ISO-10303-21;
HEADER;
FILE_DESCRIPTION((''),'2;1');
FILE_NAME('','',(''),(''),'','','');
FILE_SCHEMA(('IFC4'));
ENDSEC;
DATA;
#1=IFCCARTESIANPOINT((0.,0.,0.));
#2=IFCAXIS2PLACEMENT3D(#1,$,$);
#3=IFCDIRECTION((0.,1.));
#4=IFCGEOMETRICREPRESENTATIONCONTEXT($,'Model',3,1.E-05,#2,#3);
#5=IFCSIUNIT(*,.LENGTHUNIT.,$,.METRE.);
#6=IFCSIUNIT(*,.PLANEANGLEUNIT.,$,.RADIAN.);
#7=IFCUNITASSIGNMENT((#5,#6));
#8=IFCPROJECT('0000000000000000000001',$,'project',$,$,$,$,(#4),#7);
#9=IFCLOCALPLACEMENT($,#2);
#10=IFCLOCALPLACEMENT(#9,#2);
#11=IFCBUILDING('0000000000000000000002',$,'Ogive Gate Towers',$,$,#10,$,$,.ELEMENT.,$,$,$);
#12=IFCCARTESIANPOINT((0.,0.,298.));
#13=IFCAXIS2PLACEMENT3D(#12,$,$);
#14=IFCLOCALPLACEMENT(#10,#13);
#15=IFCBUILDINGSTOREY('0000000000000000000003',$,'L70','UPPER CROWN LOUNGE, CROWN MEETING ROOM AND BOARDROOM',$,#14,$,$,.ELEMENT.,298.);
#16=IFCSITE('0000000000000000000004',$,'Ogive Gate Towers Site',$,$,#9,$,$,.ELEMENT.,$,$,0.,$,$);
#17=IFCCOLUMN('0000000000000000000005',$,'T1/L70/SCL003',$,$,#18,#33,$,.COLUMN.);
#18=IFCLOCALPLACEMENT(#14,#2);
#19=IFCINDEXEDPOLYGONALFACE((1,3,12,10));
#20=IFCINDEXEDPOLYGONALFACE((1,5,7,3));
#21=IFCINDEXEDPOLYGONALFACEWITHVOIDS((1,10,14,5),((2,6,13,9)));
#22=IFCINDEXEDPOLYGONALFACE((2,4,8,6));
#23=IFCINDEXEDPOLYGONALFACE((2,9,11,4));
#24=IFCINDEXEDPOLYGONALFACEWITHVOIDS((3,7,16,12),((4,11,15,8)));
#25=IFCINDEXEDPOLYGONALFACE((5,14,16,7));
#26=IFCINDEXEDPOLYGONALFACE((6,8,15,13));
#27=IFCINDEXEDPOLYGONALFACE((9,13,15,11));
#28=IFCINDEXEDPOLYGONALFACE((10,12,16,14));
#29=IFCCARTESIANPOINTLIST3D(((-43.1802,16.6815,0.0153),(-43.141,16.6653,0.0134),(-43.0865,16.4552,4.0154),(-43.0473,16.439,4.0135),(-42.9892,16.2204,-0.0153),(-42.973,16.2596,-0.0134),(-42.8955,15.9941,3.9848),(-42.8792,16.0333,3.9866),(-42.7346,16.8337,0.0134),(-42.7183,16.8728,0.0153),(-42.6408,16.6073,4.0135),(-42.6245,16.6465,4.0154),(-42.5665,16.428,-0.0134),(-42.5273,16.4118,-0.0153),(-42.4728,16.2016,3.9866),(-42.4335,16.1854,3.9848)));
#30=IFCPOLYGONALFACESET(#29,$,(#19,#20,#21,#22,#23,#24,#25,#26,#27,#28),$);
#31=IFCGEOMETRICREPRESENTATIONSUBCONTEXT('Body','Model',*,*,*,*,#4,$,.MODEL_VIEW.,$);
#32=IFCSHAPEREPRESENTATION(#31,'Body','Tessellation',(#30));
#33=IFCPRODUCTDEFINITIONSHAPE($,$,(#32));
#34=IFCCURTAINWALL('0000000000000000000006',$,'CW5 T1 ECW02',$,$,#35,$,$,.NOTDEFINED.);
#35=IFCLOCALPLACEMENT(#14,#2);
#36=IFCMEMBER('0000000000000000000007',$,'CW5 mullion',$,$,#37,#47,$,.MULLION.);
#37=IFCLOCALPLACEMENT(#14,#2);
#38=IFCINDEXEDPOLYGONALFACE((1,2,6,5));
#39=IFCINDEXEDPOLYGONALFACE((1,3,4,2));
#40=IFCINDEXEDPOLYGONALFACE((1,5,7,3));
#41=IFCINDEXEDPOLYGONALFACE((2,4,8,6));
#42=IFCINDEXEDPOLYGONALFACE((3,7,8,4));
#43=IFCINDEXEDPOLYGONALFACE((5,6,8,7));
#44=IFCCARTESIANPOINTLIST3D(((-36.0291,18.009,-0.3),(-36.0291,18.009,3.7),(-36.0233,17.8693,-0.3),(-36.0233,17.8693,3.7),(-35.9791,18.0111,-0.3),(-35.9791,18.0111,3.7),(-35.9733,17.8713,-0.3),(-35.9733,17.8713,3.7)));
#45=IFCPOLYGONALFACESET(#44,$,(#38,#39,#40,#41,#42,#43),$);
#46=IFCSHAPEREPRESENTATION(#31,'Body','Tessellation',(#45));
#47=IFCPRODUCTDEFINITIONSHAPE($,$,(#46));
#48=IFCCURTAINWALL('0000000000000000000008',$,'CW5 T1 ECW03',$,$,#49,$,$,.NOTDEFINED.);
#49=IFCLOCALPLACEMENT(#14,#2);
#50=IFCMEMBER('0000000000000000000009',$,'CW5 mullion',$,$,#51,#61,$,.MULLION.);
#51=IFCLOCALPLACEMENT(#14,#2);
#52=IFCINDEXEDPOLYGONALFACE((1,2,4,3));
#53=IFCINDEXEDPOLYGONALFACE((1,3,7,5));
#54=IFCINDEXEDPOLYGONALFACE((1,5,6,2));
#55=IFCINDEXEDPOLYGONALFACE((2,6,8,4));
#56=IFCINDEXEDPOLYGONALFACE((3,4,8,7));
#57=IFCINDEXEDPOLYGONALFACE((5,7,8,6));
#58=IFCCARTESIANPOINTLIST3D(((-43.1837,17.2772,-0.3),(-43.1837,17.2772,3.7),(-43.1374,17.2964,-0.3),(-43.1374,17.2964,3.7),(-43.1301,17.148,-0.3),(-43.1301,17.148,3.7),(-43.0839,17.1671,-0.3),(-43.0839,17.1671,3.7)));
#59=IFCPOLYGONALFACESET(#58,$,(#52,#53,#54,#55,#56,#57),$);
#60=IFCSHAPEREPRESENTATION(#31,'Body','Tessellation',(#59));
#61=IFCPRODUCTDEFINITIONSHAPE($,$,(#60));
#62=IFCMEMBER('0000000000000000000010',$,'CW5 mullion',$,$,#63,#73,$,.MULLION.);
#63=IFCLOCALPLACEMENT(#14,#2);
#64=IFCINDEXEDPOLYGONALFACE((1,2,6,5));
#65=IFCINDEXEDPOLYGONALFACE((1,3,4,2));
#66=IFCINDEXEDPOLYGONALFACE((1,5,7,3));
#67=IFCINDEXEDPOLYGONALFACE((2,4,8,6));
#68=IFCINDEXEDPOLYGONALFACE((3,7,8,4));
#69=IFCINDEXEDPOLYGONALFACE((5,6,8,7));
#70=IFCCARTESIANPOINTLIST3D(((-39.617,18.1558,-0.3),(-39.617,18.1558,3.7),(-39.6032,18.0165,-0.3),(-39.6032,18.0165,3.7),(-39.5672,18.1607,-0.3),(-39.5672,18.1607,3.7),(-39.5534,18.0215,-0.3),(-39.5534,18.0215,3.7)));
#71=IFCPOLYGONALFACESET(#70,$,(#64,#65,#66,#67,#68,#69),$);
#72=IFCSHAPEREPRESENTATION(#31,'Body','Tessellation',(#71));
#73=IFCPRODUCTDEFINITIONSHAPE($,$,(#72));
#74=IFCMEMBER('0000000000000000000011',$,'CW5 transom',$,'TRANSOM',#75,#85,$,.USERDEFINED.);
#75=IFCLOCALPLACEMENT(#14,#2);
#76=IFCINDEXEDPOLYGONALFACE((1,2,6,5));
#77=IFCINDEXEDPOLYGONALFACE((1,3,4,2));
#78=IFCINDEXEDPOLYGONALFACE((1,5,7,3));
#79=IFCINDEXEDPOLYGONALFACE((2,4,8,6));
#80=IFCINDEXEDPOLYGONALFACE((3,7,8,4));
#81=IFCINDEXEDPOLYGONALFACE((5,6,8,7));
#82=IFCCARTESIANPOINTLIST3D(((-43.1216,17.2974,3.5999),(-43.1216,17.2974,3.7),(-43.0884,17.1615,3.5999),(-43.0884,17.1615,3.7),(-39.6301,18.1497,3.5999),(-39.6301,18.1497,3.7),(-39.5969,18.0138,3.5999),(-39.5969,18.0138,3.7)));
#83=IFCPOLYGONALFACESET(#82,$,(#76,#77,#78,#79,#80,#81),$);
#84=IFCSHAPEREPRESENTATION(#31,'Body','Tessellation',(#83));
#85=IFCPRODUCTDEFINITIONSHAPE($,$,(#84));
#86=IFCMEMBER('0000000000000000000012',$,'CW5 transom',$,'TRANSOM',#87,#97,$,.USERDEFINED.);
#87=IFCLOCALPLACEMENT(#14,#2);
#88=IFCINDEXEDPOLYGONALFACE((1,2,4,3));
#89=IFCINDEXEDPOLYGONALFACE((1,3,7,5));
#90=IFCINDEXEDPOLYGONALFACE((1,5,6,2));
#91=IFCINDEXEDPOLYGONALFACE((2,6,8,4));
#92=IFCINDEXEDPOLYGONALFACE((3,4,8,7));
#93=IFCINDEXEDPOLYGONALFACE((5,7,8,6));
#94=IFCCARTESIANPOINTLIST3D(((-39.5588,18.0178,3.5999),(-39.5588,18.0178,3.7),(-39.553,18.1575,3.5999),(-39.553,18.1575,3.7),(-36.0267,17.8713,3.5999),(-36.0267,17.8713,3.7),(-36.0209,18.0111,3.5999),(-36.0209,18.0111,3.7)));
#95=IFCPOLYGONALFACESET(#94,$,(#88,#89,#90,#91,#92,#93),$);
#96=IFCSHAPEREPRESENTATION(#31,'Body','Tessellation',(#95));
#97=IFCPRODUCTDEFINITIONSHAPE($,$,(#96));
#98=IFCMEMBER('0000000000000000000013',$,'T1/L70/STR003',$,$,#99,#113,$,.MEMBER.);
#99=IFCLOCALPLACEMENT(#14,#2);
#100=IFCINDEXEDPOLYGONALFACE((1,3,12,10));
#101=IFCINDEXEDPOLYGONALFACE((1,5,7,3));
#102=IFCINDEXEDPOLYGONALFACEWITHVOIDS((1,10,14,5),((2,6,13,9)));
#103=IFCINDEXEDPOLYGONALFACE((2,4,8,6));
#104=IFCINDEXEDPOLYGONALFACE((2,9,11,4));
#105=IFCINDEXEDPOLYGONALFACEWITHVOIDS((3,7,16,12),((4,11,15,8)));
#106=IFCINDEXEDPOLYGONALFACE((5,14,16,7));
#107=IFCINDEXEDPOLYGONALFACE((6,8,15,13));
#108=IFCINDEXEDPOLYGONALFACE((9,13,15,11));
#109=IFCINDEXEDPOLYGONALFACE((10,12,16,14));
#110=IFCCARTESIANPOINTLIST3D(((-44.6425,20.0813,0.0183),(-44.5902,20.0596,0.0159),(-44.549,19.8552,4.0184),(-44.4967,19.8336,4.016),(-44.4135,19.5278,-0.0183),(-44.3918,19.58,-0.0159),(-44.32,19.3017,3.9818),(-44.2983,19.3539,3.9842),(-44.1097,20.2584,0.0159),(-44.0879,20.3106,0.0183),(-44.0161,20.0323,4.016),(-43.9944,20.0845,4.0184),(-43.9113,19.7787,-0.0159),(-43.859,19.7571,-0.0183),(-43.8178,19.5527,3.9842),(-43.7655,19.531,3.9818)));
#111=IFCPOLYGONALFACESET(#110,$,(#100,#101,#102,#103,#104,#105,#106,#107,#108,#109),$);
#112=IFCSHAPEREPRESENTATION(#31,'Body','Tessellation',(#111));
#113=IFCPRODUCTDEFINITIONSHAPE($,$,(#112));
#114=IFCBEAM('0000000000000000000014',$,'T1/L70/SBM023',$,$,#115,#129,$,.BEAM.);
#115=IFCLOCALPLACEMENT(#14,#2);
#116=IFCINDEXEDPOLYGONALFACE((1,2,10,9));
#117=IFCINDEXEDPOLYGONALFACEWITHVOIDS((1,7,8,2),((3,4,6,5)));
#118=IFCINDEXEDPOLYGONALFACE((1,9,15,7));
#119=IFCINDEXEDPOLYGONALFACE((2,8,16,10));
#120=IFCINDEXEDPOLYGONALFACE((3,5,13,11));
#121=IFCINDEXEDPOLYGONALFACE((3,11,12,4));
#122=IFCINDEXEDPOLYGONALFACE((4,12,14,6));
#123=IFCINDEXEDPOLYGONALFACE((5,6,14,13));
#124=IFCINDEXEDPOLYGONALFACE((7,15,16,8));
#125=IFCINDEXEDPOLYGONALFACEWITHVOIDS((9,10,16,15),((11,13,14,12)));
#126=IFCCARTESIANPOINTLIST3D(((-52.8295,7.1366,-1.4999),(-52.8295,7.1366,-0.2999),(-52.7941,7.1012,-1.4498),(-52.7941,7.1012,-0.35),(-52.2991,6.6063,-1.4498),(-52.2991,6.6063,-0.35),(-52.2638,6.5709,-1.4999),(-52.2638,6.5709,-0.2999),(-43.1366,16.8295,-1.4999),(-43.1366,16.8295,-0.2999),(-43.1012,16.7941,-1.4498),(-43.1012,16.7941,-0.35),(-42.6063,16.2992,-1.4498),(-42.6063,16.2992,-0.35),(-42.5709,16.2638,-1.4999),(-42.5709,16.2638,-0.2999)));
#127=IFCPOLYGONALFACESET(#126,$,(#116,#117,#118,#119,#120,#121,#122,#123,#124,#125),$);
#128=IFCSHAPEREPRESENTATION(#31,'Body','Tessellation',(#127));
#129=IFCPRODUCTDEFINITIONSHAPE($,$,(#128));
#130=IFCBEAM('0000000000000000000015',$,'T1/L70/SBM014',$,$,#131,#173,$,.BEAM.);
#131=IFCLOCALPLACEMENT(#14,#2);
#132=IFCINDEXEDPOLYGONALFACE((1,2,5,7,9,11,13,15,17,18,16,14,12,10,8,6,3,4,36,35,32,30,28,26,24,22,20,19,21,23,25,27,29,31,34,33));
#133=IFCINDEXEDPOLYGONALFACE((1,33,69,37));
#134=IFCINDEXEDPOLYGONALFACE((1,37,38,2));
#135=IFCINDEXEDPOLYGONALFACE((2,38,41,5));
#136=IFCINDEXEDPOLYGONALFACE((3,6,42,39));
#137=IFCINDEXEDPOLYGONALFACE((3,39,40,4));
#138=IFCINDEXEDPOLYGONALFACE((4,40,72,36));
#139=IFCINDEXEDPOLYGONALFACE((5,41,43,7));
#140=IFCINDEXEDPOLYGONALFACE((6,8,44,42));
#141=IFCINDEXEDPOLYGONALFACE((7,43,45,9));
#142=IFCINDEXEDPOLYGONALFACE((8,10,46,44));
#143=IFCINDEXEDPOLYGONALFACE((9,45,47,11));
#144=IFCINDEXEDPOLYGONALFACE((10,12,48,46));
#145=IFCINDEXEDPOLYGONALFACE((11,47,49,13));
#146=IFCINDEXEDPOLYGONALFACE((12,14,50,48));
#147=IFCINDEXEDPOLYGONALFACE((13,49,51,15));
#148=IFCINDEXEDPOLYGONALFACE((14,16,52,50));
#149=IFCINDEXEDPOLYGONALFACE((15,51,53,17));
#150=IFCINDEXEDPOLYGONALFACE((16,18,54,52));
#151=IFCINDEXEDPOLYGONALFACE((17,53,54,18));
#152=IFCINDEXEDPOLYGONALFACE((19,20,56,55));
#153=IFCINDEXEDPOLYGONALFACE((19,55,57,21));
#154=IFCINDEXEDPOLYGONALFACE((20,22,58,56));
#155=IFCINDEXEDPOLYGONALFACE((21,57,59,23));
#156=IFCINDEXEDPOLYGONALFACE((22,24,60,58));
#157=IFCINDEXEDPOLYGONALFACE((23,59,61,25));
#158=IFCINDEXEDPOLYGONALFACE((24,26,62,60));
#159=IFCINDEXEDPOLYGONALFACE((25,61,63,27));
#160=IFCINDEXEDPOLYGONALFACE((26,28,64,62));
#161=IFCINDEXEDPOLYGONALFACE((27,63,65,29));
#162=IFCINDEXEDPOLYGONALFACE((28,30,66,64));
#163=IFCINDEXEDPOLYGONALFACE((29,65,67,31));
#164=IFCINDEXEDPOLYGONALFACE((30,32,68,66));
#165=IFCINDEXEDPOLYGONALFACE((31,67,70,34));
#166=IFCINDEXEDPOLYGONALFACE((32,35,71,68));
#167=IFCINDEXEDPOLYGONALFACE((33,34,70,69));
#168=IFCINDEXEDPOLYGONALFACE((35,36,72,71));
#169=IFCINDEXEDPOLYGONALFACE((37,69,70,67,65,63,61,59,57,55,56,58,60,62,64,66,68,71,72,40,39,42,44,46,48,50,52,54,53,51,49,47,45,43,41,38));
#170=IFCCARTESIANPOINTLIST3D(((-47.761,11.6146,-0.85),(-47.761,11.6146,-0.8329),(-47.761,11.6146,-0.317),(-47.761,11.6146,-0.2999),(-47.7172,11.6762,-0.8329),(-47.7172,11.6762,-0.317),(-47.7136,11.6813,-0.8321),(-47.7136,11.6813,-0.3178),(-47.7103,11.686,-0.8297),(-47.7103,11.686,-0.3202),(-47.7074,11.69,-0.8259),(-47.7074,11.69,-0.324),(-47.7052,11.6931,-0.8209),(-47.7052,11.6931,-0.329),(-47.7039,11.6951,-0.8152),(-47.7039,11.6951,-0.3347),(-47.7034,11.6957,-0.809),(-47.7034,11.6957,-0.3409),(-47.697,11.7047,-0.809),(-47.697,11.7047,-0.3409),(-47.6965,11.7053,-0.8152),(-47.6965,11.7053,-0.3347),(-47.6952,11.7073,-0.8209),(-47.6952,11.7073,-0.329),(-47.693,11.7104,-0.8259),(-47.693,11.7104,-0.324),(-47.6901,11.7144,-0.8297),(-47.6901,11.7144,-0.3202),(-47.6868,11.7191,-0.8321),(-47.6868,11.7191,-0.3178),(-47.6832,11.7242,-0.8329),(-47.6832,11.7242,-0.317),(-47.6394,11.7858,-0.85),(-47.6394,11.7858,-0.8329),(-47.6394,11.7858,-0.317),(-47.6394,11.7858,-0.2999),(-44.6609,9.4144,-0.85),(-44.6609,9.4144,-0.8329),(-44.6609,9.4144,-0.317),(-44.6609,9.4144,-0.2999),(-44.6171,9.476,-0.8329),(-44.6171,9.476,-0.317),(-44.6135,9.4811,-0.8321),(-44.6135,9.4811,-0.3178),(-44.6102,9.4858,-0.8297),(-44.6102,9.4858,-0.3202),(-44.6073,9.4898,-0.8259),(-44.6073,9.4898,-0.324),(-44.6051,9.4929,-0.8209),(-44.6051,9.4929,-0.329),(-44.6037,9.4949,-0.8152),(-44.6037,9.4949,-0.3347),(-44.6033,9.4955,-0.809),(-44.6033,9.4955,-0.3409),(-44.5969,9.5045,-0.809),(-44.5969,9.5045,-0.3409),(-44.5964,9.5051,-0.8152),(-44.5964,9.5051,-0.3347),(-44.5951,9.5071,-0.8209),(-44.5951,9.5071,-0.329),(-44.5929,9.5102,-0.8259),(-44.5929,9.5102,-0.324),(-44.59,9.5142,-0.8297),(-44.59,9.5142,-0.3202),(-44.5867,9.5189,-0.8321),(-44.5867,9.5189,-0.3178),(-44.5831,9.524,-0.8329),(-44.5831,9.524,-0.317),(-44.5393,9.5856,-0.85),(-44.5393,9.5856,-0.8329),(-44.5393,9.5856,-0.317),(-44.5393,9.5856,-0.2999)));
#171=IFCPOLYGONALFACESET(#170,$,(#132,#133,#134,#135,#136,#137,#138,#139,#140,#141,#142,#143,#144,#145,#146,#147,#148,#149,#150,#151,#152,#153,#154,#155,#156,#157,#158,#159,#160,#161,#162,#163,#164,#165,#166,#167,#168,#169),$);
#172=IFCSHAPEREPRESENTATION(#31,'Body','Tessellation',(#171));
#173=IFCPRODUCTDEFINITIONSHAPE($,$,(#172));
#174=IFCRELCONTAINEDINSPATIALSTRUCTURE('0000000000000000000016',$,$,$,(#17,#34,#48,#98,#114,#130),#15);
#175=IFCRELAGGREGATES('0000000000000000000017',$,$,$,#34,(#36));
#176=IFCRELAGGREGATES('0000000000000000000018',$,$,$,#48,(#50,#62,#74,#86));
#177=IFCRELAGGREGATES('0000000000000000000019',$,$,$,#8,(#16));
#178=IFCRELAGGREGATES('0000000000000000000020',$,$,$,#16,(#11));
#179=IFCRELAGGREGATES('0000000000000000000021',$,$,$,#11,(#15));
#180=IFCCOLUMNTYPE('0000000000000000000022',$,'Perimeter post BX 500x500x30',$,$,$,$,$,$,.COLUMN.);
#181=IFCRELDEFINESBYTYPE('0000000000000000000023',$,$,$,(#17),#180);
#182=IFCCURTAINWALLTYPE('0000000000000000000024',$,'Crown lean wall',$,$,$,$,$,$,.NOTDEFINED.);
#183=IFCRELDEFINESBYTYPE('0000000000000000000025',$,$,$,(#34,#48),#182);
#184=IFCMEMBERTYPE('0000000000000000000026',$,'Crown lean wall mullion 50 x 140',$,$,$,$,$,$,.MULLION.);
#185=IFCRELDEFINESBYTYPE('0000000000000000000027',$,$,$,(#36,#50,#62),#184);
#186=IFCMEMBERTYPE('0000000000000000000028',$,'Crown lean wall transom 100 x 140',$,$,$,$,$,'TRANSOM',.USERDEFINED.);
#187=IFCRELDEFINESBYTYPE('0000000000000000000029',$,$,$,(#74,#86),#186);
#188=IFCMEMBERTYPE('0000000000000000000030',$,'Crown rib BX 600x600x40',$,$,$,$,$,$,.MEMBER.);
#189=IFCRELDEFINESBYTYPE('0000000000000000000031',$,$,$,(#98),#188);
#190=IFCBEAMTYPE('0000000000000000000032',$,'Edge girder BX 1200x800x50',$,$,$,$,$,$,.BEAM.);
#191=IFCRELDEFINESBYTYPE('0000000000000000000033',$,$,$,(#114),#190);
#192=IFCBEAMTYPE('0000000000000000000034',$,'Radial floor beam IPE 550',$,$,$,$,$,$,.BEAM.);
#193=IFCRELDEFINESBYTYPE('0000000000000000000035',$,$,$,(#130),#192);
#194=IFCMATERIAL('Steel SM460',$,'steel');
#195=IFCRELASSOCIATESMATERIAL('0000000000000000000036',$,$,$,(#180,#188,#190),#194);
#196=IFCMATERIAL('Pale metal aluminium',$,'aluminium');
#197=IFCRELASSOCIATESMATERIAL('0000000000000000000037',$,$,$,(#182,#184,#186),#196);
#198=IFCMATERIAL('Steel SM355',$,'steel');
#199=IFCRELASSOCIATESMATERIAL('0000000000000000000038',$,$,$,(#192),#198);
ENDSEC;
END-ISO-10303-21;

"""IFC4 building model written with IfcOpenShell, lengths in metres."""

from ifc_helpers import new_model, si_unit, direction, frame, origin, origin_2d, place, context, subcontext, project, spatial, rectangle, hollow_rectangle, i_section, extrude, material, material_profile, profile_set, type_object, element, aggregate, save


model = new_model("IFC4")

# Units and contexts
model_context = context("Model", 3, precision=1e-05, world=origin(), true_north=direction((0.0, 1.0)))
body_context = subcontext(model_context, "Body", "Model", "MODEL_VIEW")
ifc_project = project(units=[si_unit("LENGTHUNIT", "METRE"), si_unit("PLANEANGLEUNIT", "RADIAN")], contexts=[model_context])

# Site, building, storey
site_placement = place(None, origin())
site = spatial("IfcSite", under=ifc_project, at=site_placement, Name="Ogive Gate Towers Site", CompositionType="ELEMENT", RefElevation=0.0)
building_placement = place(site_placement, origin())
building = spatial("IfcBuilding", under=site, at=building_placement, Name="Ogive Gate Towers", CompositionType="ELEMENT")
storey_placement = place(building_placement, frame((0.0, 0.0, 298.0)))
storey = spatial("IfcBuildingStorey", under=building, at=storey_placement, Name="L70", Description="UPPER CROWN LOUNGE, CROWN MEETING ROOM AND BOARDROOM", CompositionType="ELEMENT", Elevation=298.0)

# Column
ifc_material_1 = material(Name="Steel SM460", Category="steel")
ifc_material_profile_1 = material_profile(ifc_material_1, hollow_rectangle(XDim=0.5, YDim=0.5, WallThickness=0.03, at=origin_2d()), Name="BX 500x500x30")
ifc_profile_set_1 = profile_set([ifc_material_profile_1], Name="Steel SM460")
column_type = type_object("IfcColumnType", Name="Perimeter post BX 500x500x30", PredefinedType="COLUMN", material=ifc_profile_set_1)
column_placement = place(storey_placement, frame((-42.8538, 16.5466, 0.0), z_axis=(0.023394, -0.056474, 0.99813), x_axis=(0.923871, 0.382704, 0.0)))
element("IfcColumn", 1, at=column_placement, inside=storey, type_object=column_type, Name="T1/L70/SCL003", PredefinedType="COLUMN", context=body_context, shape_type="SweptSolid", body=[
    extrude(hollow_rectangle(XDim=0.5, YDim=0.5, WallThickness=0.03, at=origin_2d()), origin(), (0.0, 0.0, 1.0), 4.0076),
])

# Curtain wall, member
ifc_material_2 = material(Name="Pale metal aluminium", Category="aluminium")
curtain_wall_type = type_object("IfcCurtainWallType", Name="Crown lean wall", PredefinedType="NOTDEFINED", material=ifc_material_2)
curtain_wall_1_placement = place(storey_placement, origin())
curtain_wall_1 = element("IfcCurtainWall", 2, at=curtain_wall_1_placement, inside=storey, type_object=curtain_wall_type, Name="CW5 T1 ECW02", PredefinedType="NOTDEFINED")
ifc_material_profile_2 = material_profile(ifc_material_2, rectangle(XDim=0.1399, YDim=0.05, at=origin_2d()), Name="50 x 140 aluminium box")
ifc_profile_set_2 = profile_set([ifc_material_profile_2], Name="Pale metal aluminium")
member_type_1 = type_object("IfcMemberType", Name="Crown lean wall mullion 50 x 140", PredefinedType="MULLION", material=ifc_profile_set_2)
member_1_placement = place(storey_placement, frame((-36.0012, 17.9402, -0.3), z_axis=(0.0, 0.0, 1.0), x_axis=(0.04144, -0.999141, 0.0)))
member_1 = element("IfcMember", 3, at=member_1_placement, type_object=member_type_1, Name="CW5 mullion", PredefinedType="MULLION", context=body_context, shape_type="SweptSolid", body=[
    extrude(rectangle(XDim=0.1399, YDim=0.05, at=origin_2d()), origin(), (0.0, 0.0, 1.0), 4.0),
])
aggregate(curtain_wall_1, [member_1])

# Curtain wall, members
curtain_wall_2_placement = place(storey_placement, origin())
curtain_wall_2 = element("IfcCurtainWall", 4, at=curtain_wall_2_placement, inside=storey, type_object=curtain_wall_type, Name="CW5 T1 ECW03", PredefinedType="NOTDEFINED")
member_2_placement = place(storey_placement, frame((-43.1338, 17.2222, -0.3), z_axis=(0.0, 0.0, 1.0), x_axis=(0.382683, -0.92388, 0.0)))
member_2 = element("IfcMember", 5, at=member_2_placement, type_object=member_type_1, Name="CW5 mullion", PredefinedType="MULLION", context=body_context, shape_type="SweptSolid", body=[
    extrude(rectangle(XDim=0.1399, YDim=0.05, at=origin_2d()), origin(), (0.0, 0.0, 1.0), 4.0),
])
member_3_placement = place(storey_placement, frame((-39.5852, 18.0886, -0.3), z_axis=(0.0, 0.0, 1.0), x_axis=(0.098833, -0.995104, 0.0)))
member_3 = element("IfcMember", 6, at=member_3_placement, type_object=member_type_1, Name="CW5 mullion", PredefinedType="MULLION", context=body_context, shape_type="SweptSolid", body=[
    extrude(rectangle(XDim=0.1399, YDim=0.05, at=origin_2d()), origin(), (0.0, 0.0, 1.0), 4.0),
])
ifc_material_profile_3 = material_profile(ifc_material_2, rectangle(XDim=0.1399, YDim=0.1001, at=origin_2d()), Name="100 x 140 aluminium box")
ifc_profile_set_3 = profile_set([ifc_material_profile_3], Name="Pale metal aluminium")
member_type_2 = type_object("IfcMemberType", Name="Crown lean wall transom 100 x 140", ElementType="TRANSOM", PredefinedType="USERDEFINED", material=ifc_profile_set_3)
member_4_placement = place(storey_placement, frame((-43.105, 17.2295, 3.6499), z_axis=(0.971474, 0.237145, 0.0), x_axis=(-0.237145, 0.971474, 0.0)))
member_4 = element("IfcMember", 7, at=member_4_placement, type_object=member_type_2, Name="CW5 transom", ObjectType="TRANSOM", PredefinedType="USERDEFINED", context=body_context, shape_type="SweptSolid", body=[
    extrude(rectangle(XDim=0.1399, YDim=0.1001, at=origin_2d()), origin(), (0.0, 0.0, 1.0), 3.594),
])
member_5_placement = place(storey_placement, frame((-39.5559, 18.0876, 3.6499), z_axis=(0.999141, -0.041435, 0.0), x_axis=(0.041435, 0.999141, 0.0)))
member_5 = element("IfcMember", 8, at=member_5_placement, type_object=member_type_2, Name="CW5 transom", ObjectType="TRANSOM", PredefinedType="USERDEFINED", context=body_context, shape_type="SweptSolid", body=[
    extrude(rectangle(XDim=0.1399, YDim=0.1001, at=origin_2d()), origin(), (0.0, 0.0, 1.0), 3.5352),
])

# Member
ifc_material_profile_4 = material_profile(ifc_material_1, hollow_rectangle(XDim=0.6001, YDim=0.6001, WallThickness=0.04, at=origin_2d()), Name="BX 600x600x40")
ifc_profile_set_4 = profile_set([ifc_material_profile_4], Name="Steel SM460")
member_type_3 = type_object("IfcMemberType", Name="Crown rib BX 600x600x40", PredefinedType="MEMBER", material=ifc_profile_set_4)
member_6_placement = place(storey_placement, frame((-44.2507, 19.9192, 0.0), z_axis=(0.023333, -0.056413, 0.998135), x_axis=(0.924078, 0.382205, 0.0)))
element("IfcMember", 9, at=member_6_placement, inside=storey, type_object=member_type_3, Name="T1/L70/STR003", PredefinedType="MEMBER", context=body_context, shape_type="SweptSolid", body=[
    extrude(hollow_rectangle(XDim=0.6001, YDim=0.6001, WallThickness=0.04, at=origin_2d()), origin(), (0.0, 0.0, 1.0), 4.0076),
])

# Beams
ifc_material_profile_5 = material_profile(ifc_material_1, hollow_rectangle(XDim=0.8, YDim=1.2, WallThickness=0.05, at=origin_2d()), Name="BX 1200x800x50")
ifc_profile_set_5 = profile_set([ifc_material_profile_5], Name="Steel SM460")
beam_type_1 = type_object("IfcBeamType", Name="Edge girder BX 1200x800x50", PredefinedType="BEAM", material=ifc_profile_set_5)
beam_1_placement = place(storey_placement, frame((-42.8538, 16.5466, -0.8999), z_axis=(-0.707107, -0.707107, 0.0), x_axis=(0.707107, -0.707107, 0.0)))
element("IfcBeam", 10, at=beam_1_placement, inside=storey, type_object=beam_type_1, Name="T1/L70/SBM023", PredefinedType="BEAM", context=body_context, shape_type="SweptSolid", body=[
    extrude(hollow_rectangle(XDim=0.8, YDim=1.2, WallThickness=0.05, at=origin_2d()), origin(), (0.0, 0.0, 1.0), 13.7078),
])
ifc_material_3 = material(Name="Steel SM355", Category="steel")
ifc_material_profile_6 = material_profile(ifc_material_3, i_section(OverallWidth=0.21, OverallDepth=0.55, WebThickness=0.011, FlangeThickness=0.0171, FilletRadius=0.0239, at=origin_2d()), Name="IPE 550")
ifc_profile_set_6 = profile_set([ifc_material_profile_6], Name="Steel SM355")
beam_type_2 = type_object("IfcBeamType", Name="Radial floor beam IPE 550", PredefinedType="BEAM", material=ifc_profile_set_6)
beam_2_placement = place(storey_placement, frame((-44.6001, 9.5, -0.575), z_axis=(-0.815492, 0.578769, 0.0), x_axis=(-0.578769, -0.815492, 0.0)))
element("IfcBeam", 11, at=beam_2_placement, inside=storey, type_object=beam_type_2, Name="T1/L70/SBM014", PredefinedType="BEAM", context=body_context, shape_type="SweptSolid", body=[
    extrude(i_section(OverallWidth=0.21, OverallDepth=0.55, WebThickness=0.011, FlangeThickness=0.0171, FilletRadius=0.0239, at=origin_2d()), origin(), (0.0, 0.0, 1.0), 3.8015),
])

aggregate(curtain_wall_2, [member_2, member_3, member_4, member_5])

save(model, "model.ifc")
